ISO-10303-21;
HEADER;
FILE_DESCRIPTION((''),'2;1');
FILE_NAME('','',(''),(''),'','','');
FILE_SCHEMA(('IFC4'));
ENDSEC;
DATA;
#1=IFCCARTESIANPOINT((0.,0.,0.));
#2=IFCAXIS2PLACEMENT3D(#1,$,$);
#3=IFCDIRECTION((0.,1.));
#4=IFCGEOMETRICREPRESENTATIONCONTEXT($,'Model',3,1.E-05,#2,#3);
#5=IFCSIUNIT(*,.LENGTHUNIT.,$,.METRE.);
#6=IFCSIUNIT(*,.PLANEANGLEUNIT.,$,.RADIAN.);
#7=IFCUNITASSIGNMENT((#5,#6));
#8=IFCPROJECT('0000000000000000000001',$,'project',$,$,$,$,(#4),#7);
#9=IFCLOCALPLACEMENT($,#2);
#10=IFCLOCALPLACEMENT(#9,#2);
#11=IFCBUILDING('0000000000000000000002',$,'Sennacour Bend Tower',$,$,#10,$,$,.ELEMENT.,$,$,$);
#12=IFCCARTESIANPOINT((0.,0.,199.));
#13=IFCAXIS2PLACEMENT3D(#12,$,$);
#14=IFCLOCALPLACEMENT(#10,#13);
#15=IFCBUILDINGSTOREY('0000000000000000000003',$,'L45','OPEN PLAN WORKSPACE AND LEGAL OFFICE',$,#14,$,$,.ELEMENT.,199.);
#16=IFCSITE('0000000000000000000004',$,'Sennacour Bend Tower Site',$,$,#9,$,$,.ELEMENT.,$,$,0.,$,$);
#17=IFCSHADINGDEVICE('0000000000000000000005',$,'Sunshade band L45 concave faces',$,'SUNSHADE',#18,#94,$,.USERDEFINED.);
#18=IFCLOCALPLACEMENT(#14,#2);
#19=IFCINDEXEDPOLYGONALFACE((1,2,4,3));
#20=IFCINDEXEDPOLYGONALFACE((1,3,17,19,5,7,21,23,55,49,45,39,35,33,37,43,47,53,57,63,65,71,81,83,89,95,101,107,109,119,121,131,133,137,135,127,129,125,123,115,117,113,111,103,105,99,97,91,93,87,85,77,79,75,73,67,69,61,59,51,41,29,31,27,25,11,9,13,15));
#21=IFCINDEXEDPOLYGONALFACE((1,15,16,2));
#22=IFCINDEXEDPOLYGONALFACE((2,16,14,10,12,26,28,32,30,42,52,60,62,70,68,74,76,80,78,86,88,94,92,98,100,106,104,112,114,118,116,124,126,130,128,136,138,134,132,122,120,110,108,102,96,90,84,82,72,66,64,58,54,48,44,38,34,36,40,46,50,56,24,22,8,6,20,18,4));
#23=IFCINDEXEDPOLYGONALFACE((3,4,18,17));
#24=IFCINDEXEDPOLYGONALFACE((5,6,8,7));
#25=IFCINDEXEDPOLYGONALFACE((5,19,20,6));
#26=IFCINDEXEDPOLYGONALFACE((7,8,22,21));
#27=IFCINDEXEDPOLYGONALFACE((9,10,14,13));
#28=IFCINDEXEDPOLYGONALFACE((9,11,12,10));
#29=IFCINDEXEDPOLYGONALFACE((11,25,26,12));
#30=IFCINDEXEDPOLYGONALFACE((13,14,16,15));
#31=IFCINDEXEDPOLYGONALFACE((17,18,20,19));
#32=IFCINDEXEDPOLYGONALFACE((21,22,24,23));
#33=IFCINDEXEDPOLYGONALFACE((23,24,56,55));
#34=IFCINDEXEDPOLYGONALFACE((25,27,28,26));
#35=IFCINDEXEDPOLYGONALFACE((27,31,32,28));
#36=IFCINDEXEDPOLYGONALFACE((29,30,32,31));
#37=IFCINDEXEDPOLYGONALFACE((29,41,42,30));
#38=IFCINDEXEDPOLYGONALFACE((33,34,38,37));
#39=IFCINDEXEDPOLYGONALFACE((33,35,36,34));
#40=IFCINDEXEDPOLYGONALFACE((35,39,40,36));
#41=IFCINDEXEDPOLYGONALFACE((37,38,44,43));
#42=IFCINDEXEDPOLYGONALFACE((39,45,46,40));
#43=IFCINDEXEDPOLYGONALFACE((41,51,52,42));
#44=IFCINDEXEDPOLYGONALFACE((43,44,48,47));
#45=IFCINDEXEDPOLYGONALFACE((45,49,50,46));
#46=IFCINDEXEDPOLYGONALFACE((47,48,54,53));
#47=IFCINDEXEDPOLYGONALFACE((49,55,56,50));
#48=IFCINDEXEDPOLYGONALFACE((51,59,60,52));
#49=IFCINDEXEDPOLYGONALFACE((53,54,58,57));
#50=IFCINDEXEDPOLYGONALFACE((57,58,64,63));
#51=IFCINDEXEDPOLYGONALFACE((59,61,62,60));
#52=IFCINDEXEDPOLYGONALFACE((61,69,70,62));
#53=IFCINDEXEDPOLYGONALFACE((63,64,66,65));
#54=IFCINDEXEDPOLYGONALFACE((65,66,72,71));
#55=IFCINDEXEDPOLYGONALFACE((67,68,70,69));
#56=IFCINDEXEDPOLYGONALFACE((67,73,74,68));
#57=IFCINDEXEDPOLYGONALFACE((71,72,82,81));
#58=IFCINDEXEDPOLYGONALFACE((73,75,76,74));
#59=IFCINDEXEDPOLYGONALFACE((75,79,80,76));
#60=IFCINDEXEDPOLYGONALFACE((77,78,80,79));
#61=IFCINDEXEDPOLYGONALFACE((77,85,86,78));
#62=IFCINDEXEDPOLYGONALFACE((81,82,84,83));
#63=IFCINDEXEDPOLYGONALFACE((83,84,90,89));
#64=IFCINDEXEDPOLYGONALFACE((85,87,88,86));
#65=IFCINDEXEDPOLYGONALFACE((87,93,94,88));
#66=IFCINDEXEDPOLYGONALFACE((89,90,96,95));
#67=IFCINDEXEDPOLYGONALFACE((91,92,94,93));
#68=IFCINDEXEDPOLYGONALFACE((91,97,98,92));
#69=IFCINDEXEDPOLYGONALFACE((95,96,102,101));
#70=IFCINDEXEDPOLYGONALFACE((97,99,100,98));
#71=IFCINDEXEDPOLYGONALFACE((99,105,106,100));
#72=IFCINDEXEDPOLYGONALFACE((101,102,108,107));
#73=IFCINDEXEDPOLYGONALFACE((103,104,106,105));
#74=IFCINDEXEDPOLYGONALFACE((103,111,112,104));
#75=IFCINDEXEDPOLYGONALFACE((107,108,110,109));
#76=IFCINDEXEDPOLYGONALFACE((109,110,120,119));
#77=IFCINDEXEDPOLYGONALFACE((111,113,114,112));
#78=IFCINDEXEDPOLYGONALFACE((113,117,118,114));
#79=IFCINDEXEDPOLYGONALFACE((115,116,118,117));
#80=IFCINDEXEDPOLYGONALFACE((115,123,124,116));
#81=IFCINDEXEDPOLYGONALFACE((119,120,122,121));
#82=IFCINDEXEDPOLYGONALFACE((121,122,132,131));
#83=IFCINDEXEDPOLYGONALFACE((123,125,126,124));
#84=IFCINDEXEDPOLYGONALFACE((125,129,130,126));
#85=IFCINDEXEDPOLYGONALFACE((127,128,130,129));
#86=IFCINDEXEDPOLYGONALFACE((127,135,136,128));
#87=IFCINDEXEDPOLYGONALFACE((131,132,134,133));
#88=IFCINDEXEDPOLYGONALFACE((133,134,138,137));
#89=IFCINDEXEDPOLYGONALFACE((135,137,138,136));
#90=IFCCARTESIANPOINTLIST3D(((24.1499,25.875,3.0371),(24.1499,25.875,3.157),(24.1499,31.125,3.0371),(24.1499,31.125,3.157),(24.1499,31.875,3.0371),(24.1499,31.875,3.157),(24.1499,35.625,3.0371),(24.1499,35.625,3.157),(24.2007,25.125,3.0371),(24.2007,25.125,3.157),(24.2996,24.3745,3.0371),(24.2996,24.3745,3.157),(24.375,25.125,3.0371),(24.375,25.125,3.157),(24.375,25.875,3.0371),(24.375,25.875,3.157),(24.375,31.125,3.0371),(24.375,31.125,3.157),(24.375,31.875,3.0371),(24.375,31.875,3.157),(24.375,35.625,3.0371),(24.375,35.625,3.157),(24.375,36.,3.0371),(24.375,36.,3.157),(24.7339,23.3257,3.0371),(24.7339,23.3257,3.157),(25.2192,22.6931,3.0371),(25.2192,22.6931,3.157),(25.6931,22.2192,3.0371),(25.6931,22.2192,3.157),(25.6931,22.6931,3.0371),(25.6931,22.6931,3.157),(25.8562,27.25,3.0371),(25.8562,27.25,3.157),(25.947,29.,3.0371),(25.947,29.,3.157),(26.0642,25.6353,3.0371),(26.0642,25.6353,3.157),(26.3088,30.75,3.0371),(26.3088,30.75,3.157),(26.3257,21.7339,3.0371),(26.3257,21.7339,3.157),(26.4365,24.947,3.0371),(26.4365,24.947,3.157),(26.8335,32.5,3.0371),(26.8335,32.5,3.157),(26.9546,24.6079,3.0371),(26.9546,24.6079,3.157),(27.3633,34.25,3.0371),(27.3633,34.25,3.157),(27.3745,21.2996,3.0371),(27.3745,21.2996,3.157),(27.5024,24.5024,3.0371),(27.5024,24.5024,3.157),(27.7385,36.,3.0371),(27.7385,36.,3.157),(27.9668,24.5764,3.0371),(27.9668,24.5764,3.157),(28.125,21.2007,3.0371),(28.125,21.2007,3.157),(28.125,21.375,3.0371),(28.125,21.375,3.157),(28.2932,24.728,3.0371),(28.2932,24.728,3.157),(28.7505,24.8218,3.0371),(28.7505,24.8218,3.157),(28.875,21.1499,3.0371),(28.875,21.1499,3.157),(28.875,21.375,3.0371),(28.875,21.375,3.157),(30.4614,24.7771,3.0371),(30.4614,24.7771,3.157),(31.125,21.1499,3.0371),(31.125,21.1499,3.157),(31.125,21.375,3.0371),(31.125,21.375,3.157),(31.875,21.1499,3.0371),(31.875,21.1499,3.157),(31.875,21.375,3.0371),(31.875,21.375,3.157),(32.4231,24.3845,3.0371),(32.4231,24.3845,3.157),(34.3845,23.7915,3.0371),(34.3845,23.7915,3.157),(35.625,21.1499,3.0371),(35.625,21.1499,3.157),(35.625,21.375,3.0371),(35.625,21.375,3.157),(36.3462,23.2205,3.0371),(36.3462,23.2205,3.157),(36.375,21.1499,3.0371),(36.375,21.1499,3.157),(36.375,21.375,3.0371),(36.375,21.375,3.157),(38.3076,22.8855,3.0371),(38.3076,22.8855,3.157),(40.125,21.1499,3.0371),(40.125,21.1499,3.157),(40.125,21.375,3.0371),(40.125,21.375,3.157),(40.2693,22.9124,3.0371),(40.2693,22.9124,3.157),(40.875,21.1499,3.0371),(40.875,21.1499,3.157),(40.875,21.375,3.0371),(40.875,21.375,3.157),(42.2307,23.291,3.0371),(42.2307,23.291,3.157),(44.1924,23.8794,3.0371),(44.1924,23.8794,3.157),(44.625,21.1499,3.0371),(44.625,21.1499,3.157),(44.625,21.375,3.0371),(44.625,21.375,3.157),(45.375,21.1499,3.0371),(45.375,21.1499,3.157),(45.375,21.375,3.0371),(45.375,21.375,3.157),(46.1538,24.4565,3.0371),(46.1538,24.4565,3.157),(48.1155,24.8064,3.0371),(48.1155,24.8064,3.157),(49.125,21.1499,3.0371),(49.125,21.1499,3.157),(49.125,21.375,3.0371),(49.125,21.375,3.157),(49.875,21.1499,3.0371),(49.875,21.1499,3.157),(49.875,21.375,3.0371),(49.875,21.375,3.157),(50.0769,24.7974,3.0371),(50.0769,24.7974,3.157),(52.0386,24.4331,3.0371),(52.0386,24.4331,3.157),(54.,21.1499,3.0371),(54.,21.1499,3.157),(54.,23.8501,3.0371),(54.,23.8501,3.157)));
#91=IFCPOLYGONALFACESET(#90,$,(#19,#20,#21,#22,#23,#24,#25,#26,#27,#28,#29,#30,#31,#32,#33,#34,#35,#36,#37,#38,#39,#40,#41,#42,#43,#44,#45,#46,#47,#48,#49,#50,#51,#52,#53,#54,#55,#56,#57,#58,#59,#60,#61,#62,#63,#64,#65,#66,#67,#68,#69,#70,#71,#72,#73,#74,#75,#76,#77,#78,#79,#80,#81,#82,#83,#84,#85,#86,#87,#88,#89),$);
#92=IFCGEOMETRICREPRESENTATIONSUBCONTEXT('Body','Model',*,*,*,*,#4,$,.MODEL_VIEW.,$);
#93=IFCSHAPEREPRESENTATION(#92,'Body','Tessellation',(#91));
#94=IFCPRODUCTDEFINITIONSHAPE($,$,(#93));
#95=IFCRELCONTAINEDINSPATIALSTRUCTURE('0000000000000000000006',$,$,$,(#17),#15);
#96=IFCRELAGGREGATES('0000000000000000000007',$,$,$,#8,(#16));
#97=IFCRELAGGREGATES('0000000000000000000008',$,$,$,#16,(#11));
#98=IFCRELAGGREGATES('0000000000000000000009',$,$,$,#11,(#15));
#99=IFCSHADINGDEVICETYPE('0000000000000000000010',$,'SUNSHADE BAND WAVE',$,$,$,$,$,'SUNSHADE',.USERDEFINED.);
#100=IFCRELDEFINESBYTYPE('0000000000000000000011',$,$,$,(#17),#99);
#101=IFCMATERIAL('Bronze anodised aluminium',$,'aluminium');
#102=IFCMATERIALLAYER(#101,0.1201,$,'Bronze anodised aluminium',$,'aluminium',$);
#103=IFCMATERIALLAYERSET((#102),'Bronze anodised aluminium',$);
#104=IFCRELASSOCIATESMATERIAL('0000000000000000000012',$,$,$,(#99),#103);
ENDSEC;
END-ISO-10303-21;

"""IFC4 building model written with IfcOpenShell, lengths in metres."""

from ifc_helpers import new_model, si_unit, direction, frame, origin, place, context, subcontext, project, spatial, polyline, outline, extrude, material, layer, layer_set, type_object, element, save


model = new_model("IFC4")

# Units and contexts
model_context = context("Model", 3, precision=1e-05, world=origin(), true_north=direction((0.0, 1.0)))
body_context = subcontext(model_context, "Body", "Model", "MODEL_VIEW")
ifc_project = project(units=[si_unit("LENGTHUNIT", "METRE"), si_unit("PLANEANGLEUNIT", "RADIAN")], contexts=[model_context])

# Site, building, storey
site_placement = place(None, origin())
site = spatial("IfcSite", under=ifc_project, at=site_placement, Name="Sennacour Bend Tower Site", CompositionType="ELEMENT", RefElevation=0.0)
building_placement = place(site_placement, origin())
building = spatial("IfcBuilding", under=site, at=building_placement, Name="Sennacour Bend Tower", CompositionType="ELEMENT")
storey_placement = place(building_placement, frame((0.0, 0.0, 199.0)))
storey = spatial("IfcBuildingStorey", under=building, at=storey_placement, Name="L45", Description="OPEN PLAN WORKSPACE AND LEGAL OFFICE", CompositionType="ELEMENT", Elevation=199.0)

# Shading device
ifc_material_1 = material(Name="Bronze anodised aluminium", Category="aluminium")
ifc_layer_1 = layer(ifc_material_1, 0.1201, Name="Bronze anodised aluminium", Category="aluminium")
ifc_layer_set_1 = layer_set([ifc_layer_1], Name="Bronze anodised aluminium")
shading_device_type_1 = type_object("IfcShadingDeviceType", Name="SUNSHADE BAND WAVE", ElementType="SUNSHADE", PredefinedType="USERDEFINED", material=ifc_layer_set_1)
shading_device_1_placement = place(storey_placement, frame((0.0, 0.0, 3.0371)))
element("IfcShadingDevice", 1, at=shading_device_1_placement, inside=storey, type_object=shading_device_type_1, Name="Sunshade band L45 concave faces", ObjectType="SUNSHADE", PredefinedType="USERDEFINED", context=body_context, shape_type="SweptSolid", body=[
    extrude(outline(polyline([(54.0, 21.1499), (49.875, 21.1499), (49.875, 21.375), (49.125, 21.375), (49.125, 21.1499), (45.375, 21.1499), (45.375, 21.375), (44.625, 21.375), (44.625, 21.1499), (40.875, 21.1499), (40.875, 21.375), (40.125, 21.375), (40.125, 21.1499), (36.375, 21.1499), (36.375, 21.375), (35.625, 21.375), (35.625, 21.1499), (31.875, 21.1499), (31.875, 21.375), (31.125, 21.375), (31.125, 21.1499), (28.875, 21.1499), (28.875, 21.375), (28.125, 21.375), (28.125, 21.2007), (27.3745, 21.2996), (26.3257, 21.7339), (25.6931, 22.2192), (25.6931, 22.6931), (25.2192, 22.6931), (24.7339, 23.3257), (24.2996, 24.3745), (24.2007, 25.125), (24.375, 25.125), (24.375, 25.875), (24.1499, 25.875), (24.1499, 31.125), (24.375, 31.125), (24.375, 31.875), (24.1499, 31.875), (24.1499, 35.625), (24.375, 35.625), (24.375, 36.0), (27.7385, 36.0), (27.3633, 34.25), (26.8335, 32.5), (26.3088, 30.75), (25.947, 29.0), (25.8562, 27.25), (26.0642, 25.6353), (26.4365, 24.947), (26.9546, 24.6079), (27.5024, 24.5024), (27.9668, 24.5764), (28.2932, 24.728), (28.7505, 24.8218), (30.4614, 24.7771), (32.4231, 24.3845), (34.3845, 23.7915), (36.3462, 23.2205), (38.3076, 22.8855), (40.2693, 22.9124), (42.2307, 23.291), (44.1924, 23.8794), (46.1538, 24.4565), (48.1155, 24.8064), (50.0769, 24.7974), (52.0386, 24.4331), (54.0, 23.8501), (54.0, 21.1499)])), origin(), (0.0, 0.0, 1.0), 0.1199),
])

save(model, "model.ifc")
